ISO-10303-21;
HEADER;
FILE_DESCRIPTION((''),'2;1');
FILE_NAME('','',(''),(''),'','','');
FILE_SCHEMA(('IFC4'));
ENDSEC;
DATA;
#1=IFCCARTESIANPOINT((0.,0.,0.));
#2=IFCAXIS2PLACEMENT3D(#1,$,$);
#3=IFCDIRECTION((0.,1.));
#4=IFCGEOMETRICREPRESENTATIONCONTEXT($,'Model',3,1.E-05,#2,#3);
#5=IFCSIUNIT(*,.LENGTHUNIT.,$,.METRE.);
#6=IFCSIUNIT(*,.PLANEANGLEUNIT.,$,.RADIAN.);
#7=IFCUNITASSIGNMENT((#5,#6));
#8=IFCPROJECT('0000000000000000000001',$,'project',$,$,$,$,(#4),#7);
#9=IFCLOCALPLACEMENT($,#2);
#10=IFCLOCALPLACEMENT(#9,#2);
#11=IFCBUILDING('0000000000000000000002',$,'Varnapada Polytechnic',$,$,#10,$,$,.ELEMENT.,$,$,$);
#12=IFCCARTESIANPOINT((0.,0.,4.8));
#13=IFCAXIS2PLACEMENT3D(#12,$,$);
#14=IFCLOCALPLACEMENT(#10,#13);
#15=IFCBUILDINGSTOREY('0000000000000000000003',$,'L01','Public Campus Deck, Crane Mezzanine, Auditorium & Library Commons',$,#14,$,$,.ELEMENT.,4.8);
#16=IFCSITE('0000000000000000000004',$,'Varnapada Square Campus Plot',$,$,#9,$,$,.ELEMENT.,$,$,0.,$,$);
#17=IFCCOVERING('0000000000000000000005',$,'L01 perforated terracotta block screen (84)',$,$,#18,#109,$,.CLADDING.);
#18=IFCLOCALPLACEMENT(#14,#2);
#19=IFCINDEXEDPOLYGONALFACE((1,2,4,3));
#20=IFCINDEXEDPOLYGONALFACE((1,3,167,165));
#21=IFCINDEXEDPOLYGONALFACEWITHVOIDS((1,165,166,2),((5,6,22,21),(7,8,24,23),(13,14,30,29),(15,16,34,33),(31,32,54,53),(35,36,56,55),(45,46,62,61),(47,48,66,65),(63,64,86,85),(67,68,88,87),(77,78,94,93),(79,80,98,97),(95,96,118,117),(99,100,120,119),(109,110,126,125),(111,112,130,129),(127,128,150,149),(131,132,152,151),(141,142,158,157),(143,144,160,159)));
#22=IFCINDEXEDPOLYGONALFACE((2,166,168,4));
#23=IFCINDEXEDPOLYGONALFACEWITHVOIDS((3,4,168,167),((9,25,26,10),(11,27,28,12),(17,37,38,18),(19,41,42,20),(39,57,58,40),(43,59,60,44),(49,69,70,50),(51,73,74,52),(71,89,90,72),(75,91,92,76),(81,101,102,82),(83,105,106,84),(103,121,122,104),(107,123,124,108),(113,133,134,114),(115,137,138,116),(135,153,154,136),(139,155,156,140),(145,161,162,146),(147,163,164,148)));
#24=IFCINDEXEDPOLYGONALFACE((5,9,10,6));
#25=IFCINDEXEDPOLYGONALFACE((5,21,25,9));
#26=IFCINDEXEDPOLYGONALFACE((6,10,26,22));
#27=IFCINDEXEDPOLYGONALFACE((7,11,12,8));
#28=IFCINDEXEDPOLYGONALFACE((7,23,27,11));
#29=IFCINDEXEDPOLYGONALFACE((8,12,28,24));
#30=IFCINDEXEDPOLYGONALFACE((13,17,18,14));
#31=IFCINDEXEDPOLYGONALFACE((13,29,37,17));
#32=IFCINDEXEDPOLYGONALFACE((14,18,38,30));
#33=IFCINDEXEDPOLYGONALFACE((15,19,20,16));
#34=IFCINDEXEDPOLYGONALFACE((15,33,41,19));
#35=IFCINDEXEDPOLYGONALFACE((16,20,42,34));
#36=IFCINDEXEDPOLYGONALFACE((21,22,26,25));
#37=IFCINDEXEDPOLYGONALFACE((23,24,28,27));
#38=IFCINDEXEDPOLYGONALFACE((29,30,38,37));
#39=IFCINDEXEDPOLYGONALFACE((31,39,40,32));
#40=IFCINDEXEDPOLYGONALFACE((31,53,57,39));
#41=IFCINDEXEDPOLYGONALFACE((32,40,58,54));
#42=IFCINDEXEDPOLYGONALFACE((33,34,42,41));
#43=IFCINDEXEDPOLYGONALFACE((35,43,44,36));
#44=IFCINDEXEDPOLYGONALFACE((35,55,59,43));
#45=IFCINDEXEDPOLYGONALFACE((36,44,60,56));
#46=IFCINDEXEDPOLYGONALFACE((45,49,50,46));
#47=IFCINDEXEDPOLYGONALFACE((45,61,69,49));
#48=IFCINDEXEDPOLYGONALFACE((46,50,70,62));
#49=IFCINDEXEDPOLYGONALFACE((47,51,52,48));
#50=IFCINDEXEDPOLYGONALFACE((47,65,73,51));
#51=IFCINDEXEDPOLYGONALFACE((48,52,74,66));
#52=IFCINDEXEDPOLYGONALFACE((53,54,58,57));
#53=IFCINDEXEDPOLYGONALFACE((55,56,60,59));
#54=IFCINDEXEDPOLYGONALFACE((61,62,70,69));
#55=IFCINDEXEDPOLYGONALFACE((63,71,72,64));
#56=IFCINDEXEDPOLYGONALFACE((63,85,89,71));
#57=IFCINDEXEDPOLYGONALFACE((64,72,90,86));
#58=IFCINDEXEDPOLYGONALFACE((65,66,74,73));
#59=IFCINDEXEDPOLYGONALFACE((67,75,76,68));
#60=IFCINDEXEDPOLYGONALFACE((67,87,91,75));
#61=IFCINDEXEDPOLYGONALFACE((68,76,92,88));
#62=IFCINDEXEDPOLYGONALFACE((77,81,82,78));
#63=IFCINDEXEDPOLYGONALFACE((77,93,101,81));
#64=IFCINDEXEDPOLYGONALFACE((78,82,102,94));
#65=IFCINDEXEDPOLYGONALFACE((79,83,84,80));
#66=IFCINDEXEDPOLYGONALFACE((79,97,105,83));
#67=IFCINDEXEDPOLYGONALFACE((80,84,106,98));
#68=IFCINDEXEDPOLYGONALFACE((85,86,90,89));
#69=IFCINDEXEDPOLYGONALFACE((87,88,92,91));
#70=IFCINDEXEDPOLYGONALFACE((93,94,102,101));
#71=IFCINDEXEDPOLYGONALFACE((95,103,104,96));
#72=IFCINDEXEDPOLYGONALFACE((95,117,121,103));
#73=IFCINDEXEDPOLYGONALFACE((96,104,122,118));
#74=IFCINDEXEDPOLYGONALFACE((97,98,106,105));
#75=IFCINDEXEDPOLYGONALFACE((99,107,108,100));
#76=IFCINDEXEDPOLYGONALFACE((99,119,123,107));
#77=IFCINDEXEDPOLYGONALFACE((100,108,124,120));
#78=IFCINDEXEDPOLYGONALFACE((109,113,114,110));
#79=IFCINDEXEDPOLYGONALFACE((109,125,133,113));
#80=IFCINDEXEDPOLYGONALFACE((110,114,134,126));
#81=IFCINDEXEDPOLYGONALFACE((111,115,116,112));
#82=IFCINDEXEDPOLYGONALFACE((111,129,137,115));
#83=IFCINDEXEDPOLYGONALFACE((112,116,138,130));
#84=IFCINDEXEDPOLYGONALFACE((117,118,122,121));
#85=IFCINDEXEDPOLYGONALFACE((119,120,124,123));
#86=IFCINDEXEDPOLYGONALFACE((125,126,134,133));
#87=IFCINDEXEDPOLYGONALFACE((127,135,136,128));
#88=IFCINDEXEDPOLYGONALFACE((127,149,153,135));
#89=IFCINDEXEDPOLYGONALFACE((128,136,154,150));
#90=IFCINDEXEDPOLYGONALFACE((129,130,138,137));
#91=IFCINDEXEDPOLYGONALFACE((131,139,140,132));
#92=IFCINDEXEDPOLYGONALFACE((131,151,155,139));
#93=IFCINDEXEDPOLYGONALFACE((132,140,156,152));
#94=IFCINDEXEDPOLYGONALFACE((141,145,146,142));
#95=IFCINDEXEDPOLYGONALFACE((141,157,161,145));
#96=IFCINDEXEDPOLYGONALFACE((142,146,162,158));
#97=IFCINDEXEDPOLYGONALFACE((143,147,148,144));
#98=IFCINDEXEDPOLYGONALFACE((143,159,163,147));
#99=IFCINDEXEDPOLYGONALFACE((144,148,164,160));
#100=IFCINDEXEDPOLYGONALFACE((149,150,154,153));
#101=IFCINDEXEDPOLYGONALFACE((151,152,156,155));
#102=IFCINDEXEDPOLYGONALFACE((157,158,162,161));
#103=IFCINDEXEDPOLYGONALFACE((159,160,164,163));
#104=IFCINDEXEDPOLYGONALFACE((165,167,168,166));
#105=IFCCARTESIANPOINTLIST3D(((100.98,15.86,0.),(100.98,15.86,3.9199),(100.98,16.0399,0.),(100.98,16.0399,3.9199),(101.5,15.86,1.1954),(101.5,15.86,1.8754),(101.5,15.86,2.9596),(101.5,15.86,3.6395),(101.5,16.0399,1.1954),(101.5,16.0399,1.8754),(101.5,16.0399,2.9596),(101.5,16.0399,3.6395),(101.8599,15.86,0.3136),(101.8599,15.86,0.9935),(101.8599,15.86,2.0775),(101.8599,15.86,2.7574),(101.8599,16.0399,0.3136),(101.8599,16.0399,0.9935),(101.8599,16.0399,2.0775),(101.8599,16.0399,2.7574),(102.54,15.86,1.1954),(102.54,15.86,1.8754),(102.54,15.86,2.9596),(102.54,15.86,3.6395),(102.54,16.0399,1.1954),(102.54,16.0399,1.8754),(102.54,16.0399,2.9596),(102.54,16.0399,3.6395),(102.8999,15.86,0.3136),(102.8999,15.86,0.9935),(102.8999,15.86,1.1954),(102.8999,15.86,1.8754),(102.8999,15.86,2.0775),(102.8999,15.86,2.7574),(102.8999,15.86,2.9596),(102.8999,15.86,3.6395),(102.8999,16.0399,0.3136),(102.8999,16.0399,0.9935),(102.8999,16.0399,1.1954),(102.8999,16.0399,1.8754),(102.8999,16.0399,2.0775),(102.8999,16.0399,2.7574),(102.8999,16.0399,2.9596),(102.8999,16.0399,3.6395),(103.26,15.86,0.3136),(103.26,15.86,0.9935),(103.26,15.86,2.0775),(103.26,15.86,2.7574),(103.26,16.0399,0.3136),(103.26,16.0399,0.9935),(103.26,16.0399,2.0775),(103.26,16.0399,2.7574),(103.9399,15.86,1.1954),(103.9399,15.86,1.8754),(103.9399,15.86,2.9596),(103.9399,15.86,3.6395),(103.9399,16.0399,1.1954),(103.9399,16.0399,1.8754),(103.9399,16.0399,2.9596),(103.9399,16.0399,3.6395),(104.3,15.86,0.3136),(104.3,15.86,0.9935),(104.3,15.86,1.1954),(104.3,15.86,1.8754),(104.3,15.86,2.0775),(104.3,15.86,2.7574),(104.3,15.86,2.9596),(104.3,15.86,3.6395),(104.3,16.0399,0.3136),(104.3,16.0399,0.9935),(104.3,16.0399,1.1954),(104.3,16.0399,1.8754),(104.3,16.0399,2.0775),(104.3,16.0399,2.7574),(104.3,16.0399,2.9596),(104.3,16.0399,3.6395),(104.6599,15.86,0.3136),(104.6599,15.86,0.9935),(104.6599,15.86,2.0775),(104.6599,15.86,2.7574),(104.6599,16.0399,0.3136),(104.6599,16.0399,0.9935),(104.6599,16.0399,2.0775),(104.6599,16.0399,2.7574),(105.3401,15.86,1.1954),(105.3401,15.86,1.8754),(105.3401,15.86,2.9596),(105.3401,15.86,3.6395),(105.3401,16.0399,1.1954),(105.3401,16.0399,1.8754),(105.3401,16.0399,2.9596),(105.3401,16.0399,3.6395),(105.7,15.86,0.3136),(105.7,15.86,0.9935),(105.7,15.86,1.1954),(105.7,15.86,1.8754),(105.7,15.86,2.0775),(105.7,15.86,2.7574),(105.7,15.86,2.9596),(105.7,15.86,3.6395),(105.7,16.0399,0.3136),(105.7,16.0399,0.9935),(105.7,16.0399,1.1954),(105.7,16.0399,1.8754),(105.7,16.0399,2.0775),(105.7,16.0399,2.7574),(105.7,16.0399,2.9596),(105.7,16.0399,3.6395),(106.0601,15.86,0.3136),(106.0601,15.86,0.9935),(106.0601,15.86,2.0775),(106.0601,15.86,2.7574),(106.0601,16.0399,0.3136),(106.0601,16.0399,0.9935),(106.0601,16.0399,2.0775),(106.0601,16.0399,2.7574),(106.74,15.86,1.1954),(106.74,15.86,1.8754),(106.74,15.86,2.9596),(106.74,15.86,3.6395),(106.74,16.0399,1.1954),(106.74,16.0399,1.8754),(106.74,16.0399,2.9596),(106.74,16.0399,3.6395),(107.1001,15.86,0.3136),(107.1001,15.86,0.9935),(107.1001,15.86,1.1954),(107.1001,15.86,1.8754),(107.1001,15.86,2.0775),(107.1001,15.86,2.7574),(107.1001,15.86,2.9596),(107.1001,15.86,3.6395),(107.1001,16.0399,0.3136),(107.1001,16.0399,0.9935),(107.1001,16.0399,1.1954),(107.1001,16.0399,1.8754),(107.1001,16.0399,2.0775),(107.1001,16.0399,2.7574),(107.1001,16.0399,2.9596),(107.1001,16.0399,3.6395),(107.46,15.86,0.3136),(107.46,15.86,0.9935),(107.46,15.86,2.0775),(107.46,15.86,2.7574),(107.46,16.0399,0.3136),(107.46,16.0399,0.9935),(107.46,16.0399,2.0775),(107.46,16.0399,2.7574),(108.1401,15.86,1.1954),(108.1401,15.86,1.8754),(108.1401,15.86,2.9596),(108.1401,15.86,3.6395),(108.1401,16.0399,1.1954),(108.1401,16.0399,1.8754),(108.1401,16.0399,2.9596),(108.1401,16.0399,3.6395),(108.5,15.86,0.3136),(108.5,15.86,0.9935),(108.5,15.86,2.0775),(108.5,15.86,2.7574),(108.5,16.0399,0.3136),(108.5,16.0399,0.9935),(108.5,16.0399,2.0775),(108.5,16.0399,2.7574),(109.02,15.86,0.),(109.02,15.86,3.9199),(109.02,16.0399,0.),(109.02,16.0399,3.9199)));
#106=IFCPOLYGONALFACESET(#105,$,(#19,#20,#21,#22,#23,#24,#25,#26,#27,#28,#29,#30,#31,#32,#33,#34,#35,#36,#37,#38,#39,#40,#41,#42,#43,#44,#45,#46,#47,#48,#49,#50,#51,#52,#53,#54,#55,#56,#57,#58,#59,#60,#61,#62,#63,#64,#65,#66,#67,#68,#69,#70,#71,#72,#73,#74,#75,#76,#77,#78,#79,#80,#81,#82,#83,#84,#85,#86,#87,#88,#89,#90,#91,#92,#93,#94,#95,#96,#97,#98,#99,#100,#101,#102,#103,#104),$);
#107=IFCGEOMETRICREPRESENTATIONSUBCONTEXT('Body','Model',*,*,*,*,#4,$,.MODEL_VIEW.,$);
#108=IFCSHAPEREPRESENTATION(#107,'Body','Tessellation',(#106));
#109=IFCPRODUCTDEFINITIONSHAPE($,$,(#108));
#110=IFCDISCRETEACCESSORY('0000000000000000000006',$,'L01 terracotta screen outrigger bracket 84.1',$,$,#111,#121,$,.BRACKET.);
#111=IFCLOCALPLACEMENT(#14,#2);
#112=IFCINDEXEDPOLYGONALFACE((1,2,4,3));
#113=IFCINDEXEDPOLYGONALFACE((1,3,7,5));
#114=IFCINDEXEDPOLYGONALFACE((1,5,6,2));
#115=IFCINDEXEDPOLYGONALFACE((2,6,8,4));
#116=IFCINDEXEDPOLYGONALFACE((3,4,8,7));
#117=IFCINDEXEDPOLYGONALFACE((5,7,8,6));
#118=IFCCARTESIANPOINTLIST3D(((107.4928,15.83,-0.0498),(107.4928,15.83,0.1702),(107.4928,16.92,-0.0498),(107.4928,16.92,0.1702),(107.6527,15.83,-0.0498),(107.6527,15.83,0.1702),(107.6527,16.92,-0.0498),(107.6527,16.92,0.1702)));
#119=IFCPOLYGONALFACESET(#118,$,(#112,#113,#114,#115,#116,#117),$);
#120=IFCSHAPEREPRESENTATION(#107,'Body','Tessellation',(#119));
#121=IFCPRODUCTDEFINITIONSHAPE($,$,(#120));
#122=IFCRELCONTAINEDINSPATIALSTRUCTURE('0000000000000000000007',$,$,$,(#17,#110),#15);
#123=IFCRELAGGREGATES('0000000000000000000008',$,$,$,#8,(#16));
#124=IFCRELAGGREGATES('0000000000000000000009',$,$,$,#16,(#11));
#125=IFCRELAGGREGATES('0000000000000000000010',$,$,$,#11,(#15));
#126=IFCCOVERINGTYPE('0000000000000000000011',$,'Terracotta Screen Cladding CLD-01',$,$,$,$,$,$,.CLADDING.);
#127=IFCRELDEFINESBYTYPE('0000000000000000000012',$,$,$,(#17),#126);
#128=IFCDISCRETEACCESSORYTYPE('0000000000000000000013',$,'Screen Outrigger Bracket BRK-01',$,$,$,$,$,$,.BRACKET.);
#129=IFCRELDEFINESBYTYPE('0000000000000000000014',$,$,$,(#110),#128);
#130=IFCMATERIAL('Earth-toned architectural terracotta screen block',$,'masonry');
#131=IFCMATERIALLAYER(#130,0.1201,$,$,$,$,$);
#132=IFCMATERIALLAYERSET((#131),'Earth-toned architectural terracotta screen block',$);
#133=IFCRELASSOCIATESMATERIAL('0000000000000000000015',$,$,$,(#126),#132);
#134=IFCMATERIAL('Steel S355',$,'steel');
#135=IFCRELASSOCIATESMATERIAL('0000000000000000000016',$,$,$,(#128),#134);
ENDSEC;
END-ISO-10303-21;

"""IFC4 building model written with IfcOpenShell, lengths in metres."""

from ifc_helpers import new_model, si_unit, direction, frame, frame_2d, origin, origin_2d, place, context, subcontext, project, spatial, rectangle, extrude, material, layer, layer_set, type_object, element, save


model = new_model("IFC4")

# Units and contexts
model_context = context("Model", 3, precision=1e-05, world=origin(), true_north=direction((0.0, 1.0)))
body_context = subcontext(model_context, "Body", "Model", "MODEL_VIEW")
ifc_project = project(units=[si_unit("LENGTHUNIT", "METRE"), si_unit("PLANEANGLEUNIT", "RADIAN")], contexts=[model_context])

# Site, building, storey
site_placement = place(None, origin())
site = spatial("IfcSite", under=ifc_project, at=site_placement, Name="Varnapada Square Campus Plot", CompositionType="ELEMENT", RefElevation=0.0)
building_placement = place(site_placement, origin())
building = spatial("IfcBuilding", under=site, at=building_placement, Name="Varnapada Polytechnic", CompositionType="ELEMENT")
storey_placement = place(building_placement, frame((0.0, 0.0, 4.8)))
storey = spatial("IfcBuildingStorey", under=building, at=storey_placement, Name="L01", Description="Public Campus Deck, Crane Mezzanine, Auditorium & Library Commons", CompositionType="ELEMENT", Elevation=4.8)

# Shared definitions
ifc_material_1 = material(Name="Steel S355", Category="steel")

# Covering, openings
ifc_material_2 = material(Name="Earth-toned architectural terracotta screen block", Category="masonry")
ifc_layer_1 = layer(ifc_material_2, 0.1201)
ifc_layer_set_1 = layer_set([ifc_layer_1], Name="Earth-toned architectural terracotta screen block")
covering_type = type_object("IfcCoveringType", Name="Terracotta Screen Cladding CLD-01", PredefinedType="CLADDING", material=ifc_layer_set_1)
covering_placement = place(storey_placement, frame((109.02, 15.95, 0.0), z_axis=(0.0, 0.0, 1.0), x_axis=(-1.0, 0.0, 0.0)))
covering = element("IfcCovering", 1, at=covering_placement, inside=storey, type_object=covering_type, Name="L01 perforated terracotta block screen (84)", PredefinedType="CLADDING", context=body_context, shape_type="SweptSolid", body=[
    extrude(rectangle(XDim=8.04, YDim=0.1799, at=frame_2d((4.02, 0.0))), origin(), (0.0, 0.0, 1.0), 3.9199),
])
opening_1_placement = place(covering_placement, frame((0.52, 0.0, 0.3137)))
element("IfcOpeningElement", 2, at=opening_1_placement, cuts=covering, PredefinedType="OPENING", context=body_context, shape_type="SweptSolid", body=[
    extrude(rectangle(XDim=1.04, YDim=0.6799, at=frame_2d((0.52, 0.3398))), frame((0.0, 0.0999, 0.0), z_axis=(0.0, -1.0, 0.0), x_axis=(1.0, 0.0, 0.0)), (0.0, 0.0, 1.0), 0.2),
])
opening_2_placement = place(covering_placement, frame((1.9199, 0.0, 0.3137)))
element("IfcOpeningElement", 3, at=opening_2_placement, cuts=covering, PredefinedType="OPENING", context=body_context, shape_type="SweptSolid", body=[
    extrude(rectangle(XDim=1.04, YDim=0.6799, at=frame_2d((0.52, 0.3398))), frame((0.0, 0.0999, 0.0), z_axis=(0.0, -1.0, 0.0), x_axis=(1.0, 0.0, 0.0)), (0.0, 0.0, 1.0), 0.2),
])
opening_3_placement = place(covering_placement, frame((3.3201, 0.0, 0.3137)))
element("IfcOpeningElement", 4, at=opening_3_placement, cuts=covering, PredefinedType="OPENING", context=body_context, shape_type="SweptSolid", body=[
    extrude(rectangle(XDim=1.04, YDim=0.6799, at=frame_2d((0.52, 0.3398))), frame((0.0, 0.0999, 0.0), z_axis=(0.0, -1.0, 0.0), x_axis=(1.0, 0.0, 0.0)), (0.0, 0.0, 1.0), 0.2),
])
opening_4_placement = place(covering_placement, frame((4.72, 0.0, 0.3137)))
element("IfcOpeningElement", 5, at=opening_4_placement, cuts=covering, PredefinedType="OPENING", context=body_context, shape_type="SweptSolid", body=[
    extrude(rectangle(XDim=1.04, YDim=0.6799, at=frame_2d((0.52, 0.3398))), frame((0.0, 0.0999, 0.0), z_axis=(0.0, -1.0, 0.0), x_axis=(1.0, 0.0, 0.0)), (0.0, 0.0, 1.0), 0.2),
])
opening_5_placement = place(covering_placement, frame((6.1201, 0.0, 0.3137)))
element("IfcOpeningElement", 6, at=opening_5_placement, cuts=covering, PredefinedType="OPENING", context=body_context, shape_type="SweptSolid", body=[
    extrude(rectangle(XDim=1.04, YDim=0.6799, at=frame_2d((0.52, 0.3398))), frame((0.0, 0.0999, 0.0), z_axis=(0.0, -1.0, 0.0), x_axis=(1.0, 0.0, 0.0)), (0.0, 0.0, 1.0), 0.2),
])
opening_6_placement = place(covering_placement, frame((0.8799, 0.0, 1.1956)))
element("IfcOpeningElement", 7, at=opening_6_placement, cuts=covering, PredefinedType="OPENING", context=body_context, shape_type="SweptSolid", body=[
    extrude(rectangle(XDim=1.04, YDim=0.6799, at=frame_2d((0.52, 0.3398))), frame((0.0, 0.0999, 0.0), z_axis=(0.0, -1.0, 0.0), x_axis=(1.0, 0.0, 0.0)), (0.0, 0.0, 1.0), 0.2),
])
opening_7_placement = place(covering_placement, frame((2.28, 0.0, 1.1956)))
element("IfcOpeningElement", 8, at=opening_7_placement, cuts=covering, PredefinedType="OPENING", context=body_context, shape_type="SweptSolid", body=[
    extrude(rectangle(XDim=1.04, YDim=0.6799, at=frame_2d((0.52, 0.3398))), frame((0.0, 0.0999, 0.0), z_axis=(0.0, -1.0, 0.0), x_axis=(1.0, 0.0, 0.0)), (0.0, 0.0, 1.0), 0.2),
])
opening_8_placement = place(covering_placement, frame((3.6799, 0.0, 1.1956)))
element("IfcOpeningElement", 9, at=opening_8_placement, cuts=covering, PredefinedType="OPENING", context=body_context, shape_type="SweptSolid", body=[
    extrude(rectangle(XDim=1.04, YDim=0.6799, at=frame_2d((0.52, 0.3398))), frame((0.0, 0.0999, 0.0), z_axis=(0.0, -1.0, 0.0), x_axis=(1.0, 0.0, 0.0)), (0.0, 0.0, 1.0), 0.2),
])
opening_9_placement = place(covering_placement, frame((5.0801, 0.0, 1.1956)))
element("IfcOpeningElement", 10, at=opening_9_placement, cuts=covering, PredefinedType="OPENING", context=body_context, shape_type="SweptSolid", body=[
    extrude(rectangle(XDim=1.04, YDim=0.6799, at=frame_2d((0.52, 0.3398))), frame((0.0, 0.0999, 0.0), z_axis=(0.0, -1.0, 0.0), x_axis=(1.0, 0.0, 0.0)), (0.0, 0.0, 1.0), 0.2),
])
opening_10_placement = place(covering_placement, frame((6.48, 0.0, 1.1956)))
element("IfcOpeningElement", 11, at=opening_10_placement, cuts=covering, PredefinedType="OPENING", context=body_context, shape_type="SweptSolid", body=[
    extrude(rectangle(XDim=1.04, YDim=0.6799, at=frame_2d((0.52, 0.3398))), frame((0.0, 0.0999, 0.0), z_axis=(0.0, -1.0, 0.0), x_axis=(1.0, 0.0, 0.0)), (0.0, 0.0, 1.0), 0.2),
])
opening_11_placement = place(covering_placement, frame((0.52, 0.0, 2.0776)))
element("IfcOpeningElement", 12, at=opening_11_placement, cuts=covering, PredefinedType="OPENING", context=body_context, shape_type="SweptSolid", body=[
    extrude(rectangle(XDim=1.04, YDim=0.6799, at=frame_2d((0.52, 0.3398))), frame((0.0, 0.0999, 0.0), z_axis=(0.0, -1.0, 0.0), x_axis=(1.0, 0.0, 0.0)), (0.0, 0.0, 1.0), 0.2),
])
opening_12_placement = place(covering_placement, frame((1.9199, 0.0, 2.0776)))
element("IfcOpeningElement", 13, at=opening_12_placement, cuts=covering, PredefinedType="OPENING", context=body_context, shape_type="SweptSolid", body=[
    extrude(rectangle(XDim=1.04, YDim=0.6799, at=frame_2d((0.52, 0.3398))), frame((0.0, 0.0999, 0.0), z_axis=(0.0, -1.0, 0.0), x_axis=(1.0, 0.0, 0.0)), (0.0, 0.0, 1.0), 0.2),
])
opening_13_placement = place(covering_placement, frame((3.3201, 0.0, 2.0776)))
element("IfcOpeningElement", 14, at=opening_13_placement, cuts=covering, PredefinedType="OPENING", context=body_context, shape_type="SweptSolid", body=[
    extrude(rectangle(XDim=1.04, YDim=0.6799, at=frame_2d((0.52, 0.3398))), frame((0.0, 0.0999, 0.0), z_axis=(0.0, -1.0, 0.0), x_axis=(1.0, 0.0, 0.0)), (0.0, 0.0, 1.0), 0.2),
])
opening_14_placement = place(covering_placement, frame((4.72, 0.0, 2.0776)))
element("IfcOpeningElement", 15, at=opening_14_placement, cuts=covering, PredefinedType="OPENING", context=body_context, shape_type="SweptSolid", body=[
    extrude(rectangle(XDim=1.04, YDim=0.6799, at=frame_2d((0.52, 0.3398))), frame((0.0, 0.0999, 0.0), z_axis=(0.0, -1.0, 0.0), x_axis=(1.0, 0.0, 0.0)), (0.0, 0.0, 1.0), 0.2),
])
opening_15_placement = place(covering_placement, frame((6.1201, 0.0, 2.0776)))
element("IfcOpeningElement", 16, at=opening_15_placement, cuts=covering, PredefinedType="OPENING", context=body_context, shape_type="SweptSolid", body=[
    extrude(rectangle(XDim=1.04, YDim=0.6799, at=frame_2d((0.52, 0.3398))), frame((0.0, 0.0999, 0.0), z_axis=(0.0, -1.0, 0.0), x_axis=(1.0, 0.0, 0.0)), (0.0, 0.0, 1.0), 0.2),
])
opening_16_placement = place(covering_placement, frame((0.8799, 0.0, 2.9597)))
element("IfcOpeningElement", 17, at=opening_16_placement, cuts=covering, PredefinedType="OPENING", context=body_context, shape_type="SweptSolid", body=[
    extrude(rectangle(XDim=1.04, YDim=0.6799, at=frame_2d((0.52, 0.3398))), frame((0.0, 0.0999, 0.0), z_axis=(0.0, -1.0, 0.0), x_axis=(1.0, 0.0, 0.0)), (0.0, 0.0, 1.0), 0.2),
])
opening_17_placement = place(covering_placement, frame((2.28, 0.0, 2.9597)))
element("IfcOpeningElement", 18, at=opening_17_placement, cuts=covering, PredefinedType="OPENING", context=body_context, shape_type="SweptSolid", body=[
    extrude(rectangle(XDim=1.04, YDim=0.6799, at=frame_2d((0.52, 0.3398))), frame((0.0, 0.0999, 0.0), z_axis=(0.0, -1.0, 0.0), x_axis=(1.0, 0.0, 0.0)), (0.0, 0.0, 1.0), 0.2),
])
opening_18_placement = place(covering_placement, frame((3.6799, 0.0, 2.9597)))
element("IfcOpeningElement", 19, at=opening_18_placement, cuts=covering, PredefinedType="OPENING", context=body_context, shape_type="SweptSolid", body=[
    extrude(rectangle(XDim=1.04, YDim=0.6799, at=frame_2d((0.52, 0.3398))), frame((0.0, 0.0999, 0.0), z_axis=(0.0, -1.0, 0.0), x_axis=(1.0, 0.0, 0.0)), (0.0, 0.0, 1.0), 0.2),
])
opening_19_placement = place(covering_placement, frame((5.0801, 0.0, 2.9597)))
element("IfcOpeningElement", 20, at=opening_19_placement, cuts=covering, PredefinedType="OPENING", context=body_context, shape_type="SweptSolid", body=[
    extrude(rectangle(XDim=1.04, YDim=0.6799, at=frame_2d((0.52, 0.3398))), frame((0.0, 0.0999, 0.0), z_axis=(0.0, -1.0, 0.0), x_axis=(1.0, 0.0, 0.0)), (0.0, 0.0, 1.0), 0.2),
])
opening_20_placement = place(covering_placement, frame((6.48, 0.0, 2.9597)))
element("IfcOpeningElement", 21, at=opening_20_placement, cuts=covering, PredefinedType="OPENING", context=body_context, shape_type="SweptSolid", body=[
    extrude(rectangle(XDim=1.04, YDim=0.6799, at=frame_2d((0.52, 0.3398))), frame((0.0, 0.0999, 0.0), z_axis=(0.0, -1.0, 0.0), x_axis=(1.0, 0.0, 0.0)), (0.0, 0.0, 1.0), 0.2),
])

# Discrete accessory
discrete_accessory_type = type_object("IfcDiscreteAccessoryType", Name="Screen Outrigger Bracket BRK-01", PredefinedType="BRACKET", material=ifc_material_1)
discrete_accessory_placement = place(storey_placement, frame((107.5728, 16.375, -0.0498), z_axis=(0.0, 0.0, 1.0), x_axis=(-1.0, 0.0, 0.0)))
element("IfcDiscreteAccessory", 22, at=discrete_accessory_placement, inside=storey, type_object=discrete_accessory_type, Name="L01 terracotta screen outrigger bracket 84.1", PredefinedType="BRACKET", context=body_context, shape_type="SweptSolid", body=[
    extrude(rectangle(XDim=0.1599, YDim=1.0901, at=origin_2d()), origin(), (0.0, 0.0, 1.0), 0.22),
])

save(model, "model.ifc")
